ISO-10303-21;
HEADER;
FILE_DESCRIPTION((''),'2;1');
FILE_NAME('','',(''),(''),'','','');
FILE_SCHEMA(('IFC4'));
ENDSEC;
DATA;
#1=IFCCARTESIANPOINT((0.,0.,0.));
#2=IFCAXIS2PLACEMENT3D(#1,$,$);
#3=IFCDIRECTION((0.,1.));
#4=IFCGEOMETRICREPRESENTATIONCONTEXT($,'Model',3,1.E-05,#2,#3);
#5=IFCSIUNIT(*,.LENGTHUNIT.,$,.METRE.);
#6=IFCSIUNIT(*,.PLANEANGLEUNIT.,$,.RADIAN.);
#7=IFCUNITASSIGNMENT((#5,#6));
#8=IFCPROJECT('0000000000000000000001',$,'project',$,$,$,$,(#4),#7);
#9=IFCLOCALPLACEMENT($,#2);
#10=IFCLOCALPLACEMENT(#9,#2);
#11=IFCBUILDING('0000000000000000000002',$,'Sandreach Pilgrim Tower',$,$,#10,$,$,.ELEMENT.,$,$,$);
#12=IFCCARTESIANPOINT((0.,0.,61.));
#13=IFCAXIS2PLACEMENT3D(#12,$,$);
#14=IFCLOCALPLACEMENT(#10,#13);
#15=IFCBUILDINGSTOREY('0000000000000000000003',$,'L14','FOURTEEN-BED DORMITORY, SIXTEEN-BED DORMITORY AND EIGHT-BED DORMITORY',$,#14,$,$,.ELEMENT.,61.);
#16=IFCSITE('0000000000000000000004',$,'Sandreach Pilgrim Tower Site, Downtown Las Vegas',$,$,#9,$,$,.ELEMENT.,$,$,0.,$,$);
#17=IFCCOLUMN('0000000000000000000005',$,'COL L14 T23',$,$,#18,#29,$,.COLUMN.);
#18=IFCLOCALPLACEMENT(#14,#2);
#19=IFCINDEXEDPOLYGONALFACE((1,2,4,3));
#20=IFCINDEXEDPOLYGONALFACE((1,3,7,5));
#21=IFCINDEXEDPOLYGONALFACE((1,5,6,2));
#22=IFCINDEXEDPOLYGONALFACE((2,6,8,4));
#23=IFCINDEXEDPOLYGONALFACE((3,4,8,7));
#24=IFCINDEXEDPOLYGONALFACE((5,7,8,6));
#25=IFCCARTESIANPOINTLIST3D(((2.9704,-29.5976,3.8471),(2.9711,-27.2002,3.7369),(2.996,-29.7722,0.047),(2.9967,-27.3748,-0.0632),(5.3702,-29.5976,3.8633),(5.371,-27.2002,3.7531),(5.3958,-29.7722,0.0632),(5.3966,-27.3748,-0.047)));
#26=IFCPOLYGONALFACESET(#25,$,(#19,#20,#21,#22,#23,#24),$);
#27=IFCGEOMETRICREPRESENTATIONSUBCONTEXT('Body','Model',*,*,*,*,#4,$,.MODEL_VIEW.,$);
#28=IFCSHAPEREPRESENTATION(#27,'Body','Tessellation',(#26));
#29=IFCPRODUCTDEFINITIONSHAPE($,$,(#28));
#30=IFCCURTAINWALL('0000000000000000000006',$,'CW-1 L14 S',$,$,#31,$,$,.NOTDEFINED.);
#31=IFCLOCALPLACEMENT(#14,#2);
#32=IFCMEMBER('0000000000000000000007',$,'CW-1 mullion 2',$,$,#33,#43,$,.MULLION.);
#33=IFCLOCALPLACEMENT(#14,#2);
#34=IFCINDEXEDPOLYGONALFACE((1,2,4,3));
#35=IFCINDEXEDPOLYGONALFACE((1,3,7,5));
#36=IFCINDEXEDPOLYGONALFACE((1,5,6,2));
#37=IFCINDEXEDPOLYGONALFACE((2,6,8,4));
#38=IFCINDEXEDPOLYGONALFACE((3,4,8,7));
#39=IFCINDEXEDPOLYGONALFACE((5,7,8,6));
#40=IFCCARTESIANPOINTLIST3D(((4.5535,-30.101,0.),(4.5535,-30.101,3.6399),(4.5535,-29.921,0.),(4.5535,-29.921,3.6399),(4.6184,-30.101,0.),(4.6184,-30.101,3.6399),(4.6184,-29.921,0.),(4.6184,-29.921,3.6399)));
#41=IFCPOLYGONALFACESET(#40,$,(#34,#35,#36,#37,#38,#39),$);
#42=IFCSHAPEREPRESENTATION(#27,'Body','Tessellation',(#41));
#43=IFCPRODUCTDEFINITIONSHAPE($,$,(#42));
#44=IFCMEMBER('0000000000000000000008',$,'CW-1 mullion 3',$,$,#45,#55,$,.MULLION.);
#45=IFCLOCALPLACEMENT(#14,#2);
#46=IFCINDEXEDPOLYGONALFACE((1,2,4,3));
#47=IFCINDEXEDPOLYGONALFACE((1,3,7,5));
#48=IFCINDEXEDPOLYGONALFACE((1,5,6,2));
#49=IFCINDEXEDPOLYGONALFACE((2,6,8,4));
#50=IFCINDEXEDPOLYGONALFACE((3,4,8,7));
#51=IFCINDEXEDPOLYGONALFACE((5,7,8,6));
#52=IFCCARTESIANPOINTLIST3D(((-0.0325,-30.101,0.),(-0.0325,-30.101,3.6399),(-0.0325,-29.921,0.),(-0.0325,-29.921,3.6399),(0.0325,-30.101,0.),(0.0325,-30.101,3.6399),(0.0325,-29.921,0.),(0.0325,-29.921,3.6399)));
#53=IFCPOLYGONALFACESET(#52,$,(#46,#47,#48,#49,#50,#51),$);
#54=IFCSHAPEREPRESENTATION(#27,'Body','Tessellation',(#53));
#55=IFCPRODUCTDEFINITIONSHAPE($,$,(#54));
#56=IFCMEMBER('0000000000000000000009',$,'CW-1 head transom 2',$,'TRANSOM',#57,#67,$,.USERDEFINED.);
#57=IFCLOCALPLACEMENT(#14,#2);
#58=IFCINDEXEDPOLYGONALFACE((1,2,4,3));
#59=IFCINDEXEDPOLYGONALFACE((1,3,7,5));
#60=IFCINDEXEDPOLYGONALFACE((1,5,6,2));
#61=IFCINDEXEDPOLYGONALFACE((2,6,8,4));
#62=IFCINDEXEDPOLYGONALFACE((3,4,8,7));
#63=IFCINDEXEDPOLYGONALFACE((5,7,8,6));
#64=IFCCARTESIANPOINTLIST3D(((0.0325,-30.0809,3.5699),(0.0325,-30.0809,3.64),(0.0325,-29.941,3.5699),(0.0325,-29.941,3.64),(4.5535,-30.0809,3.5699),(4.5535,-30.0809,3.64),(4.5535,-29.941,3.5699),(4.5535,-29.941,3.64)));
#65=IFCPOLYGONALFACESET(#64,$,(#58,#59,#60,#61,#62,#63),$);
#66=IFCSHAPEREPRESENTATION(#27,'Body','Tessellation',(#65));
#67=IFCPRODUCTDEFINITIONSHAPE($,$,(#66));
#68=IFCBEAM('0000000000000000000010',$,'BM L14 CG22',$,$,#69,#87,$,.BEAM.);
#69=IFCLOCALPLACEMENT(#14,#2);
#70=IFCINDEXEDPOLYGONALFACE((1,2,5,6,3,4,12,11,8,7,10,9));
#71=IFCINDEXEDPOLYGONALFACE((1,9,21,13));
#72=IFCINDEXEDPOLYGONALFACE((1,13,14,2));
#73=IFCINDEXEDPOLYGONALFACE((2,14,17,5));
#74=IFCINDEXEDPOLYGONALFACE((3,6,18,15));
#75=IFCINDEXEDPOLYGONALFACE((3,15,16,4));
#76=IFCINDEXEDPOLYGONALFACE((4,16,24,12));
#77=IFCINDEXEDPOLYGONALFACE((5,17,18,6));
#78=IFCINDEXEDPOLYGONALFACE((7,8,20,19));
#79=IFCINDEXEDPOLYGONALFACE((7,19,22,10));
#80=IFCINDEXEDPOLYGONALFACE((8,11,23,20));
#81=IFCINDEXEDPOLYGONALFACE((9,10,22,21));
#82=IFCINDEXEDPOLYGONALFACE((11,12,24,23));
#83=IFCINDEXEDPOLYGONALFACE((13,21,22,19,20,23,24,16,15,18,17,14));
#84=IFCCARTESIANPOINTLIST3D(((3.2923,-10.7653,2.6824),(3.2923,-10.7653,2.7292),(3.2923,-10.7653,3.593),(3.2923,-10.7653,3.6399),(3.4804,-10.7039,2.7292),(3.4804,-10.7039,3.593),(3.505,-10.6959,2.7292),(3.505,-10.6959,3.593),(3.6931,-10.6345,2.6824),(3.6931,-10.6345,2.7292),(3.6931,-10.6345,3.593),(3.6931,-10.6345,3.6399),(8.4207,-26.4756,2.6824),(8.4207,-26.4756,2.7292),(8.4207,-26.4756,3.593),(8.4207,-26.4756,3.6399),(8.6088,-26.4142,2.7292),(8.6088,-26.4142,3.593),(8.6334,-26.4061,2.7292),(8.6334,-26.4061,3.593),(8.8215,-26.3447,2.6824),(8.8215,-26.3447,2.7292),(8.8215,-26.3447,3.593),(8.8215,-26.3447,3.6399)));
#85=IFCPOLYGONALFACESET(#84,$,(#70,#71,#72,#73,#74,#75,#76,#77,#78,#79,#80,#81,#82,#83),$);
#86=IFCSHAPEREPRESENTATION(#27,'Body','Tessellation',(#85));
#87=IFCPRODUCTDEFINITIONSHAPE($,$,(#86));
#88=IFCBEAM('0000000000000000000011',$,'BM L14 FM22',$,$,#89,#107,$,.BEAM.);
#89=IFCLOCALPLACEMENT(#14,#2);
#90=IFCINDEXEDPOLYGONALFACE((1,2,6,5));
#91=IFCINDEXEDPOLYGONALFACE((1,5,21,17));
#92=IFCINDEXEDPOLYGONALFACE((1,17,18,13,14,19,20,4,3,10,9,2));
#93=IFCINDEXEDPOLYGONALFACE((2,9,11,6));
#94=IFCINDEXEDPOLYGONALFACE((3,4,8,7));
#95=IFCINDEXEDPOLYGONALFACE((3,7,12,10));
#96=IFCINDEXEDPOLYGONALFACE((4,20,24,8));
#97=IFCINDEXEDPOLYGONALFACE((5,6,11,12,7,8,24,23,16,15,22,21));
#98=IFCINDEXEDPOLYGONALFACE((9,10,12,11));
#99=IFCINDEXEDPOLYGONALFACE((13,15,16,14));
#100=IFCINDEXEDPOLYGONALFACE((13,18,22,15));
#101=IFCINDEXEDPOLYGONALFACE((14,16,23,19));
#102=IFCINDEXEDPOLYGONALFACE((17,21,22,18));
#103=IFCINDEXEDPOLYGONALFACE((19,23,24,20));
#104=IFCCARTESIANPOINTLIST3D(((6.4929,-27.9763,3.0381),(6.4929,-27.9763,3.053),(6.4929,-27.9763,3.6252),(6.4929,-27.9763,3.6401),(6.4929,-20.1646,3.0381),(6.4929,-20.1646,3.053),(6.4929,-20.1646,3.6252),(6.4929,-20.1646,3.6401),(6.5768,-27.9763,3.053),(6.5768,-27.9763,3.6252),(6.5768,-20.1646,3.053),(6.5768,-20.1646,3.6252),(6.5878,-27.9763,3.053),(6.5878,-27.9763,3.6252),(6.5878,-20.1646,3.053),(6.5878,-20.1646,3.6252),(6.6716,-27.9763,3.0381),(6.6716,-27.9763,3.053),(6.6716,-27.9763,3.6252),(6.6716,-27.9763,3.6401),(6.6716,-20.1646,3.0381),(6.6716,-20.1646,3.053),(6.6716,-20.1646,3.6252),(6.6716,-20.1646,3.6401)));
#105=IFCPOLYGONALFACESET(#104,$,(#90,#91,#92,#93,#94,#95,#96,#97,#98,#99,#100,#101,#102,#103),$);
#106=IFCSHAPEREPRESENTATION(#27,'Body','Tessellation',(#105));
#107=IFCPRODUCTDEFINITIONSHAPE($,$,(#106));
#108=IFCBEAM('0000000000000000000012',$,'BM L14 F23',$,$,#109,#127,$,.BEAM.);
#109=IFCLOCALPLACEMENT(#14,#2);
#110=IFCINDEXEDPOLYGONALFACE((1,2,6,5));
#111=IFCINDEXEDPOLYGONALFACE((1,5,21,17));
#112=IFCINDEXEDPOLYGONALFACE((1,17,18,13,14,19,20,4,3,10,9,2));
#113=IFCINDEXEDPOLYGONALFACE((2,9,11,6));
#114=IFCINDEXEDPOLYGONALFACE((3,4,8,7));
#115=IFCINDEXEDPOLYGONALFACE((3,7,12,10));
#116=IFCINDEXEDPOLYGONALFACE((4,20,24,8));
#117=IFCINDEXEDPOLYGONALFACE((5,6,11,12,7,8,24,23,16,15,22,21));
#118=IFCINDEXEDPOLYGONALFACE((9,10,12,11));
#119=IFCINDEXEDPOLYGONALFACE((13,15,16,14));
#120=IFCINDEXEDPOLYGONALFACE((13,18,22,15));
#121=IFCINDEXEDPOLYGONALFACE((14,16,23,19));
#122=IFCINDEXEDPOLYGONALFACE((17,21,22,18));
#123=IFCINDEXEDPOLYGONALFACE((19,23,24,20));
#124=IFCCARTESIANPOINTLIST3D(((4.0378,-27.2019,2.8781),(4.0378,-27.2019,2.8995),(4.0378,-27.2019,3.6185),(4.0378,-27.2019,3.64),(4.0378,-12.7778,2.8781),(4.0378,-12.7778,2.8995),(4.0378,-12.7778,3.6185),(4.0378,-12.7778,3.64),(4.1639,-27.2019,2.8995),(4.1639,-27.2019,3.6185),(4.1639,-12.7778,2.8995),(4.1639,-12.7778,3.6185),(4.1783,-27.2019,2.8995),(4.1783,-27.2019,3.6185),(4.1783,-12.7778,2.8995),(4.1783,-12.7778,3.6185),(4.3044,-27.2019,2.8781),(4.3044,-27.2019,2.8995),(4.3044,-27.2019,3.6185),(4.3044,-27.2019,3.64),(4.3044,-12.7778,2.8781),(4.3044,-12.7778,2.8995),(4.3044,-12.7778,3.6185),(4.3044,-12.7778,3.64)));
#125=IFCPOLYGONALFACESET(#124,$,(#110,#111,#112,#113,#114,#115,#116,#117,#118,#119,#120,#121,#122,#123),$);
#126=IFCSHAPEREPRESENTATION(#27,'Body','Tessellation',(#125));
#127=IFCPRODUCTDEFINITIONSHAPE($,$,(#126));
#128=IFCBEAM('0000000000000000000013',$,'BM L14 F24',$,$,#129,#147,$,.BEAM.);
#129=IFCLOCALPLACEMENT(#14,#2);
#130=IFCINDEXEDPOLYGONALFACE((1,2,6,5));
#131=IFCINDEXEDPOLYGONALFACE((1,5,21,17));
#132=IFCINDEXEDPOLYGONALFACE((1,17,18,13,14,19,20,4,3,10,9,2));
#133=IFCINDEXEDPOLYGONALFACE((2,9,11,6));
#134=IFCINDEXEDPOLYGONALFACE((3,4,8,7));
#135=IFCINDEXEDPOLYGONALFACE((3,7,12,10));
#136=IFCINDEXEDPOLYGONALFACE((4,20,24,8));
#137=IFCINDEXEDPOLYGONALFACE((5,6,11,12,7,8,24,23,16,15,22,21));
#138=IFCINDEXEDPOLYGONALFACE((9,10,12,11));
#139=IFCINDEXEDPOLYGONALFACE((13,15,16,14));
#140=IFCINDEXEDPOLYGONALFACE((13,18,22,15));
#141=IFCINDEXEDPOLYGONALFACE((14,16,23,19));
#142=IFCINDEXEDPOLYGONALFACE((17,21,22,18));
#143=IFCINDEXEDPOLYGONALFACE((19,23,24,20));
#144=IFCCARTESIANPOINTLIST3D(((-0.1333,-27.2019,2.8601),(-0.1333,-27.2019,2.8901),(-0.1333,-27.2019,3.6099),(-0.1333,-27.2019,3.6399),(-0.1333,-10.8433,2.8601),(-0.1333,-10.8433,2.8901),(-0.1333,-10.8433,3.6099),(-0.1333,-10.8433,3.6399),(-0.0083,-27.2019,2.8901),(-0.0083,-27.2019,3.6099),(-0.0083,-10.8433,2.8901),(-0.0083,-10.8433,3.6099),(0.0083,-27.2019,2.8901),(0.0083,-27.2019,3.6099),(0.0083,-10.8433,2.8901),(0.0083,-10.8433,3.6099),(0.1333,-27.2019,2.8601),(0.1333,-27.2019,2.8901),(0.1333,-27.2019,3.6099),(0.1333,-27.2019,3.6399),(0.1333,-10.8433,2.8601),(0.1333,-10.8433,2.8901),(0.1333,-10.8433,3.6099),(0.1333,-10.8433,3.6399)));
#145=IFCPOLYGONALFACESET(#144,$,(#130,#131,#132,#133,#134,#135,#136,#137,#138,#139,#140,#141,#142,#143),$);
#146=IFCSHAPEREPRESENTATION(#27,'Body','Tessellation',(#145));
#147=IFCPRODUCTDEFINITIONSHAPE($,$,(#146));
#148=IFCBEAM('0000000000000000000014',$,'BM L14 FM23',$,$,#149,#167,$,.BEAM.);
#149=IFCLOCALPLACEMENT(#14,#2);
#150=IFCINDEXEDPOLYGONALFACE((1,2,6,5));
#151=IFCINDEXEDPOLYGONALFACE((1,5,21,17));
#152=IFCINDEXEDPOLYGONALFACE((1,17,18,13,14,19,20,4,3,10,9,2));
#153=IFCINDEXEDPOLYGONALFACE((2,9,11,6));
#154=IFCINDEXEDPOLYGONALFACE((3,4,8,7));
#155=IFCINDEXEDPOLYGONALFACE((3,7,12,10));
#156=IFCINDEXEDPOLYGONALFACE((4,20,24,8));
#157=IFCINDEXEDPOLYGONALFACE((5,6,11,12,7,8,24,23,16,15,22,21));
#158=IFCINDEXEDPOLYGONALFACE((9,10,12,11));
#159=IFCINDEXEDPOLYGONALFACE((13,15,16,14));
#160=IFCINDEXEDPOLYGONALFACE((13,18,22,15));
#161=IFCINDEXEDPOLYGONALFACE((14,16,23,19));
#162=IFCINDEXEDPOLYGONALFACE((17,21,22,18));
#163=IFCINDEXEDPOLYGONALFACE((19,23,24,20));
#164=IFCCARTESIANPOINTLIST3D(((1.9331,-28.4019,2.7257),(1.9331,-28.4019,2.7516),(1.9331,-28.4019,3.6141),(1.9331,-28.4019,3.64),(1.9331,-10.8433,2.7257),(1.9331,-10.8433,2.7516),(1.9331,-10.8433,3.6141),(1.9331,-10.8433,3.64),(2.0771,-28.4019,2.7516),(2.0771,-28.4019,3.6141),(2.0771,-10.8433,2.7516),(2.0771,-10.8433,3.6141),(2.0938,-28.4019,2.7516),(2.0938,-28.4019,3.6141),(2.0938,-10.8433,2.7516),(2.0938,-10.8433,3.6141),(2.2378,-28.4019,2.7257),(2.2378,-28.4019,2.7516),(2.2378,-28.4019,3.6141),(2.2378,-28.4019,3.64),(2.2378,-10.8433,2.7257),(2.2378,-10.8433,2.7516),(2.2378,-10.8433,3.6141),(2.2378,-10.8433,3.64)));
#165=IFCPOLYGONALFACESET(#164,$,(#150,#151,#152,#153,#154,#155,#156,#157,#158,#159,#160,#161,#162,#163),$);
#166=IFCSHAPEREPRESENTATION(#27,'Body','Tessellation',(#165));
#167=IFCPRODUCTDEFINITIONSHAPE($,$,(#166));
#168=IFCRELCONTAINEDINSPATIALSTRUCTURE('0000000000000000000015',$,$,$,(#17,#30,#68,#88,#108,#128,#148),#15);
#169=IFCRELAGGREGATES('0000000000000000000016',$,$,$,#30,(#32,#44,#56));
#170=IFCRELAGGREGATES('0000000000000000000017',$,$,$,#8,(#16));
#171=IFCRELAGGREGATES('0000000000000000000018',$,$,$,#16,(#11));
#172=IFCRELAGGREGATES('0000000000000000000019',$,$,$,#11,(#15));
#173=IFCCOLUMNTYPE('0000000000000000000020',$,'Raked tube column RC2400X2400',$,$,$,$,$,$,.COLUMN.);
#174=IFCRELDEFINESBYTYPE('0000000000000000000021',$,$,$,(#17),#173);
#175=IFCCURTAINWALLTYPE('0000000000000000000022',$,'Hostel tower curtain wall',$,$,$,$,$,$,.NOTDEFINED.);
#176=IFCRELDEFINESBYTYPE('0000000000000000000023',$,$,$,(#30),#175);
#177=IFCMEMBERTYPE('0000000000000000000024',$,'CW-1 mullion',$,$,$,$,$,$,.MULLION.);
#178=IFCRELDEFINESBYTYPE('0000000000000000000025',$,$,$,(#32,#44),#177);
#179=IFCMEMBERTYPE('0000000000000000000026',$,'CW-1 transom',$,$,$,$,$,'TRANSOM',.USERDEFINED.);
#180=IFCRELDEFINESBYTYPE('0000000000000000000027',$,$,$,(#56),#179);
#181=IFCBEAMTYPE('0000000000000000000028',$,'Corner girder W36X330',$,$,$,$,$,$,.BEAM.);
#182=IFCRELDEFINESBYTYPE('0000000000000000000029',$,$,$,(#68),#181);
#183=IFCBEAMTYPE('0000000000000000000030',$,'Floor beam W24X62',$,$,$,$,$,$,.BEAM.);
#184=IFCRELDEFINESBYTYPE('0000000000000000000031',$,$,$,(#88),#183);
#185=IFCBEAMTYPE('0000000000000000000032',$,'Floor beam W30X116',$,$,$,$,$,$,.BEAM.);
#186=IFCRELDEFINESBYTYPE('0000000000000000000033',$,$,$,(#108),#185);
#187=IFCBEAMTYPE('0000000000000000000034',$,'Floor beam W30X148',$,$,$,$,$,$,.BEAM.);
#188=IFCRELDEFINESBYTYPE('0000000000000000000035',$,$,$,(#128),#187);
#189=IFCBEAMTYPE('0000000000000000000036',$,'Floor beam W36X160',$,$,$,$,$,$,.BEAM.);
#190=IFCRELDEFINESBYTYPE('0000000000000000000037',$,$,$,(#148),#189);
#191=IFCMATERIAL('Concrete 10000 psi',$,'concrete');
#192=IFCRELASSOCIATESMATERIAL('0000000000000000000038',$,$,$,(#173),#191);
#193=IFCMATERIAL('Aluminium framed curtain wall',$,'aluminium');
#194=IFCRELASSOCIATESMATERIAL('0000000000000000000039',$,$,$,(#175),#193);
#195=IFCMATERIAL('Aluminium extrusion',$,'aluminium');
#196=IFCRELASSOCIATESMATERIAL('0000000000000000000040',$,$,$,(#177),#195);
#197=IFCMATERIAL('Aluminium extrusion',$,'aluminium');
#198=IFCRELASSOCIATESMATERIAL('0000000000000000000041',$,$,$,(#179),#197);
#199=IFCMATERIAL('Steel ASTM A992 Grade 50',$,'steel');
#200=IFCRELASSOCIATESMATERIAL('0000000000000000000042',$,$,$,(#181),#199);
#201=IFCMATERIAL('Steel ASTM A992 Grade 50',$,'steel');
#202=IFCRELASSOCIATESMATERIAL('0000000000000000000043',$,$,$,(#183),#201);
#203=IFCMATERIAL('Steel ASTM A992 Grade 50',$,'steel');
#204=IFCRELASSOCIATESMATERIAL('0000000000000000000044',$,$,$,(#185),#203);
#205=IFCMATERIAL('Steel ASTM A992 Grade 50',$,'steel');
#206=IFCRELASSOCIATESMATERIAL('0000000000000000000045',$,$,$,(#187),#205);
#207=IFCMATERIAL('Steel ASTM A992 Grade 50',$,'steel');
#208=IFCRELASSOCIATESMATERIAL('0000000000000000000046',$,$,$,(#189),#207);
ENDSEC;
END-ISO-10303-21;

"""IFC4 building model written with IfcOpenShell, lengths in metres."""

from ifc_helpers import new_model, si_unit, direction, frame, origin, origin_2d, place, context, subcontext, project, spatial, rectangle, i_section, extrude, material, material_profile, profile_set, type_object, element, aggregate, save


model = new_model("IFC4")

# Units and contexts
model_context = context("Model", 3, precision=1e-05, world=origin(), true_north=direction((0.0, 1.0)))
body_context = subcontext(model_context, "Body", "Model", "MODEL_VIEW")
ifc_project = project(units=[si_unit("LENGTHUNIT", "METRE"), si_unit("PLANEANGLEUNIT", "RADIAN")], contexts=[model_context])

# Site, building, storey
site_placement = place(None, origin())
site = spatial("IfcSite", under=ifc_project, at=site_placement, Name="Sandreach Pilgrim Tower Site, Downtown Las Vegas", CompositionType="ELEMENT", RefElevation=0.0)
building_placement = place(site_placement, origin())
building = spatial("IfcBuilding", under=site, at=building_placement, Name="Sandreach Pilgrim Tower", CompositionType="ELEMENT")
storey_placement = place(building_placement, frame((0.0, 0.0, 61.0)))
storey = spatial("IfcBuildingStorey", under=building, at=storey_placement, Name="L14", Description="FOURTEEN-BED DORMITORY, SIXTEEN-BED DORMITORY AND EIGHT-BED DORMITORY", CompositionType="ELEMENT", Elevation=61.0)

# Column
ifc_material_1 = material(Name="Concrete 10000 psi", Category="concrete")
ifc_material_profile_1 = material_profile(ifc_material_1, rectangle(XDim=2.3999, YDim=2.3999, at=origin_2d()), Name="RC2400X2400")
ifc_profile_set_1 = profile_set([ifc_material_profile_1], Name="Concrete 10000 psi")
column_type = type_object("IfcColumnType", Name="Raked tube column RC2400X2400", PredefinedType="COLUMN", material=ifc_profile_set_1)
column_placement = place(storey_placement, frame((4.1963, -28.5735, 0.0), z_axis=(-0.006739, 0.045887, 0.998924), x_axis=(-0.000315, -0.998947, 0.045886)))
element("IfcColumn", 1, at=column_placement, inside=storey, type_object=column_type, Name="COL L14 T23", PredefinedType="COLUMN", context=body_context, shape_type="SweptSolid", body=[
    extrude(rectangle(XDim=2.3999, YDim=2.3999, at=origin_2d()), origin(), (0.0, 0.0, 1.0), 3.8042),
])

# Curtain wall, members
ifc_material_2 = material(Name="Aluminium framed curtain wall", Category="aluminium")
curtain_wall_type = type_object("IfcCurtainWallType", Name="Hostel tower curtain wall", PredefinedType="NOTDEFINED", material=ifc_material_2)
curtain_wall_placement = place(storey_placement, origin())
curtain_wall = element("IfcCurtainWall", 2, at=curtain_wall_placement, inside=storey, type_object=curtain_wall_type, Name="CW-1 L14 S", PredefinedType="NOTDEFINED")
ifc_material_3 = material(Name="Aluminium extrusion", Category="aluminium")
ifc_material_profile_2 = material_profile(ifc_material_3, rectangle(XDim=0.0649, YDim=0.1799, at=origin_2d()), Name="CW-1M 65X180")
ifc_profile_set_2 = profile_set([ifc_material_profile_2], Name="Aluminium extrusion")
member_type_1 = type_object("IfcMemberType", Name="CW-1 mullion", PredefinedType="MULLION", material=ifc_profile_set_2)
member_1_placement = place(storey_placement, frame((4.5859, -30.011, 0.0), z_axis=(0.0, 0.0, 1.0), x_axis=(-1.0, 0.0, 0.0)))
member_1 = element("IfcMember", 3, at=member_1_placement, type_object=member_type_1, Name="CW-1 mullion 2", PredefinedType="MULLION", context=body_context, shape_type="SweptSolid", body=[
    extrude(rectangle(XDim=0.0649, YDim=0.1799, at=origin_2d()), origin(), (0.0, 0.0, 1.0), 3.6399),
])
member_2_placement = place(storey_placement, frame((0.0, -30.011, 0.0), z_axis=(0.0, 0.0, 1.0), x_axis=(-1.0, 0.0, 0.0)))
member_2 = element("IfcMember", 4, at=member_2_placement, type_object=member_type_1, Name="CW-1 mullion 3", PredefinedType="MULLION", context=body_context, shape_type="SweptSolid", body=[
    extrude(rectangle(XDim=0.0649, YDim=0.1799, at=origin_2d()), origin(), (0.0, 0.0, 1.0), 3.6399),
])
ifc_material_4 = material(Name="Aluminium extrusion", Category="aluminium")
ifc_material_profile_3 = material_profile(ifc_material_4, rectangle(XDim=0.1399, YDim=0.0701, at=origin_2d()), Name="CW-1T 140X70")
ifc_profile_set_3 = profile_set([ifc_material_profile_3], Name="Aluminium extrusion")
member_type_2 = type_object("IfcMemberType", Name="CW-1 transom", ElementType="TRANSOM", PredefinedType="USERDEFINED", material=ifc_profile_set_3)
member_3_placement = place(storey_placement, frame((4.5535, -30.011, 3.605), z_axis=(-1.0, 0.0, 0.0), x_axis=(0.0, -1.0, 0.0)))
member_3 = element("IfcMember", 5, at=member_3_placement, type_object=member_type_2, Name="CW-1 head transom 2", ObjectType="TRANSOM", PredefinedType="USERDEFINED", context=body_context, shape_type="SweptSolid", body=[
    extrude(rectangle(XDim=0.1399, YDim=0.0701, at=origin_2d()), origin(), (0.0, 0.0, 1.0), 4.521),
])

# Beams
ifc_material_5 = material(Name="Steel ASTM A992 Grade 50", Category="steel")
ifc_material_profile_4 = material_profile(ifc_material_5, i_section(OverallWidth=0.4216, OverallDepth=0.9575, WebThickness=0.0259, FlangeThickness=0.0469, at=origin_2d()), Name="W36X330")
ifc_profile_set_4 = profile_set([ifc_material_profile_4], Name="Steel ASTM A992 Grade 50")
beam_type_1 = type_object("IfcBeamType", Name="Corner girder W36X330", PredefinedType="BEAM", material=ifc_profile_set_4)
beam_1_placement = place(storey_placement, frame((8.6211, -26.4102, 3.1611), z_axis=(-0.310323, 0.950631, 0.0), x_axis=(-0.950631, -0.310323, 0.0)))
element("IfcBeam", 6, at=beam_1_placement, inside=storey, type_object=beam_type_1, Name="BM L14 CG22", PredefinedType="BEAM", context=body_context, shape_type="SweptSolid", body=[
    extrude(i_section(OverallWidth=0.4216, OverallDepth=0.9575, WebThickness=0.0259, FlangeThickness=0.0469, at=origin_2d()), origin(), (0.0, 0.0, 1.0), 16.5261),
])
ifc_material_6 = material(Name="Steel ASTM A992 Grade 50", Category="steel")
ifc_material_profile_5 = material_profile(ifc_material_6, i_section(OverallWidth=0.1787, OverallDepth=0.6021, WebThickness=0.011, FlangeThickness=0.0149, at=origin_2d()), Name="W24X62")
ifc_profile_set_5 = profile_set([ifc_material_profile_5], Name="Steel ASTM A992 Grade 50")
beam_type_2 = type_object("IfcBeamType", Name="Floor beam W24X62", PredefinedType="BEAM", material=ifc_profile_set_5)
beam_2_placement = place(storey_placement, frame((6.5823, -27.9763, 3.3391), z_axis=(0.0, 1.0, 0.0), x_axis=(-1.0, 0.0, 0.0)))
element("IfcBeam", 7, at=beam_2_placement, inside=storey, type_object=beam_type_2, Name="BM L14 FM22", PredefinedType="BEAM", context=body_context, shape_type="SweptSolid", body=[
    extrude(i_section(OverallWidth=0.1787, OverallDepth=0.6021, WebThickness=0.011, FlangeThickness=0.0149, at=origin_2d()), origin(), (0.0, 0.0, 1.0), 7.8118),
])
ifc_material_7 = material(Name="Steel ASTM A992 Grade 50", Category="steel")
ifc_material_profile_6 = material_profile(ifc_material_7, i_section(OverallWidth=0.2666, OverallDepth=0.762, WebThickness=0.0144, FlangeThickness=0.0215, at=origin_2d()), Name="W30X116")
ifc_profile_set_6 = profile_set([ifc_material_profile_6], Name="Steel ASTM A992 Grade 50")
beam_type_3 = type_object("IfcBeamType", Name="Floor beam W30X116", PredefinedType="BEAM", material=ifc_profile_set_6)
beam_3_placement = place(storey_placement, frame((4.1711, -27.2019, 3.259), z_axis=(0.0, 1.0, 0.0), x_axis=(-1.0, 0.0, 0.0)))
element("IfcBeam", 8, at=beam_3_placement, inside=storey, type_object=beam_type_3, Name="BM L14 F23", PredefinedType="BEAM", context=body_context, shape_type="SweptSolid", body=[
    extrude(i_section(OverallWidth=0.2666, OverallDepth=0.762, WebThickness=0.0144, FlangeThickness=0.0215, at=origin_2d()), origin(), (0.0, 0.0, 1.0), 14.4241),
])
ifc_material_8 = material(Name="Steel ASTM A992 Grade 50", Category="steel")
ifc_material_profile_7 = material_profile(ifc_material_8, i_section(OverallWidth=0.2666, OverallDepth=0.7798, WebThickness=0.0166, FlangeThickness=0.03, at=origin_2d()), Name="W30X148")
ifc_profile_set_7 = profile_set([ifc_material_profile_7], Name="Steel ASTM A992 Grade 50")
beam_type_4 = type_object("IfcBeamType", Name="Floor beam W30X148", PredefinedType="BEAM", material=ifc_profile_set_7)
beam_4_placement = place(storey_placement, frame((0.0, -27.2019, 3.25), z_axis=(0.0, 1.0, 0.0), x_axis=(-1.0, 0.0, 0.0)))
element("IfcBeam", 9, at=beam_4_placement, inside=storey, type_object=beam_type_4, Name="BM L14 F24", PredefinedType="BEAM", context=body_context, shape_type="SweptSolid", body=[
    extrude(i_section(OverallWidth=0.2666, OverallDepth=0.7798, WebThickness=0.0166, FlangeThickness=0.03, at=origin_2d()), origin(), (0.0, 0.0, 1.0), 16.3586),
])
ifc_material_9 = material(Name="Steel ASTM A992 Grade 50", Category="steel")
ifc_material_profile_8 = material_profile(ifc_material_9, i_section(OverallWidth=0.3047, OverallDepth=0.9143, WebThickness=0.0166, FlangeThickness=0.0259, at=origin_2d()), Name="W36X160")
ifc_profile_set_8 = profile_set([ifc_material_profile_8], Name="Steel ASTM A992 Grade 50")
beam_type_5 = type_object("IfcBeamType", Name="Floor beam W36X160", PredefinedType="BEAM", material=ifc_profile_set_8)
beam_5_placement = place(storey_placement, frame((2.0854, -28.4019, 3.1829), z_axis=(0.0, 1.0, 0.0), x_axis=(-1.0, 0.0, 0.0)))
element("IfcBeam", 10, at=beam_5_placement, inside=storey, type_object=beam_type_5, Name="BM L14 FM23", PredefinedType="BEAM", context=body_context, shape_type="SweptSolid", body=[
    extrude(i_section(OverallWidth=0.3047, OverallDepth=0.9143, WebThickness=0.0166, FlangeThickness=0.0259, at=origin_2d()), origin(), (0.0, 0.0, 1.0), 17.5586),
])

aggregate(curtain_wall, [member_1, member_2, member_3])

save(model, "model.ifc")
